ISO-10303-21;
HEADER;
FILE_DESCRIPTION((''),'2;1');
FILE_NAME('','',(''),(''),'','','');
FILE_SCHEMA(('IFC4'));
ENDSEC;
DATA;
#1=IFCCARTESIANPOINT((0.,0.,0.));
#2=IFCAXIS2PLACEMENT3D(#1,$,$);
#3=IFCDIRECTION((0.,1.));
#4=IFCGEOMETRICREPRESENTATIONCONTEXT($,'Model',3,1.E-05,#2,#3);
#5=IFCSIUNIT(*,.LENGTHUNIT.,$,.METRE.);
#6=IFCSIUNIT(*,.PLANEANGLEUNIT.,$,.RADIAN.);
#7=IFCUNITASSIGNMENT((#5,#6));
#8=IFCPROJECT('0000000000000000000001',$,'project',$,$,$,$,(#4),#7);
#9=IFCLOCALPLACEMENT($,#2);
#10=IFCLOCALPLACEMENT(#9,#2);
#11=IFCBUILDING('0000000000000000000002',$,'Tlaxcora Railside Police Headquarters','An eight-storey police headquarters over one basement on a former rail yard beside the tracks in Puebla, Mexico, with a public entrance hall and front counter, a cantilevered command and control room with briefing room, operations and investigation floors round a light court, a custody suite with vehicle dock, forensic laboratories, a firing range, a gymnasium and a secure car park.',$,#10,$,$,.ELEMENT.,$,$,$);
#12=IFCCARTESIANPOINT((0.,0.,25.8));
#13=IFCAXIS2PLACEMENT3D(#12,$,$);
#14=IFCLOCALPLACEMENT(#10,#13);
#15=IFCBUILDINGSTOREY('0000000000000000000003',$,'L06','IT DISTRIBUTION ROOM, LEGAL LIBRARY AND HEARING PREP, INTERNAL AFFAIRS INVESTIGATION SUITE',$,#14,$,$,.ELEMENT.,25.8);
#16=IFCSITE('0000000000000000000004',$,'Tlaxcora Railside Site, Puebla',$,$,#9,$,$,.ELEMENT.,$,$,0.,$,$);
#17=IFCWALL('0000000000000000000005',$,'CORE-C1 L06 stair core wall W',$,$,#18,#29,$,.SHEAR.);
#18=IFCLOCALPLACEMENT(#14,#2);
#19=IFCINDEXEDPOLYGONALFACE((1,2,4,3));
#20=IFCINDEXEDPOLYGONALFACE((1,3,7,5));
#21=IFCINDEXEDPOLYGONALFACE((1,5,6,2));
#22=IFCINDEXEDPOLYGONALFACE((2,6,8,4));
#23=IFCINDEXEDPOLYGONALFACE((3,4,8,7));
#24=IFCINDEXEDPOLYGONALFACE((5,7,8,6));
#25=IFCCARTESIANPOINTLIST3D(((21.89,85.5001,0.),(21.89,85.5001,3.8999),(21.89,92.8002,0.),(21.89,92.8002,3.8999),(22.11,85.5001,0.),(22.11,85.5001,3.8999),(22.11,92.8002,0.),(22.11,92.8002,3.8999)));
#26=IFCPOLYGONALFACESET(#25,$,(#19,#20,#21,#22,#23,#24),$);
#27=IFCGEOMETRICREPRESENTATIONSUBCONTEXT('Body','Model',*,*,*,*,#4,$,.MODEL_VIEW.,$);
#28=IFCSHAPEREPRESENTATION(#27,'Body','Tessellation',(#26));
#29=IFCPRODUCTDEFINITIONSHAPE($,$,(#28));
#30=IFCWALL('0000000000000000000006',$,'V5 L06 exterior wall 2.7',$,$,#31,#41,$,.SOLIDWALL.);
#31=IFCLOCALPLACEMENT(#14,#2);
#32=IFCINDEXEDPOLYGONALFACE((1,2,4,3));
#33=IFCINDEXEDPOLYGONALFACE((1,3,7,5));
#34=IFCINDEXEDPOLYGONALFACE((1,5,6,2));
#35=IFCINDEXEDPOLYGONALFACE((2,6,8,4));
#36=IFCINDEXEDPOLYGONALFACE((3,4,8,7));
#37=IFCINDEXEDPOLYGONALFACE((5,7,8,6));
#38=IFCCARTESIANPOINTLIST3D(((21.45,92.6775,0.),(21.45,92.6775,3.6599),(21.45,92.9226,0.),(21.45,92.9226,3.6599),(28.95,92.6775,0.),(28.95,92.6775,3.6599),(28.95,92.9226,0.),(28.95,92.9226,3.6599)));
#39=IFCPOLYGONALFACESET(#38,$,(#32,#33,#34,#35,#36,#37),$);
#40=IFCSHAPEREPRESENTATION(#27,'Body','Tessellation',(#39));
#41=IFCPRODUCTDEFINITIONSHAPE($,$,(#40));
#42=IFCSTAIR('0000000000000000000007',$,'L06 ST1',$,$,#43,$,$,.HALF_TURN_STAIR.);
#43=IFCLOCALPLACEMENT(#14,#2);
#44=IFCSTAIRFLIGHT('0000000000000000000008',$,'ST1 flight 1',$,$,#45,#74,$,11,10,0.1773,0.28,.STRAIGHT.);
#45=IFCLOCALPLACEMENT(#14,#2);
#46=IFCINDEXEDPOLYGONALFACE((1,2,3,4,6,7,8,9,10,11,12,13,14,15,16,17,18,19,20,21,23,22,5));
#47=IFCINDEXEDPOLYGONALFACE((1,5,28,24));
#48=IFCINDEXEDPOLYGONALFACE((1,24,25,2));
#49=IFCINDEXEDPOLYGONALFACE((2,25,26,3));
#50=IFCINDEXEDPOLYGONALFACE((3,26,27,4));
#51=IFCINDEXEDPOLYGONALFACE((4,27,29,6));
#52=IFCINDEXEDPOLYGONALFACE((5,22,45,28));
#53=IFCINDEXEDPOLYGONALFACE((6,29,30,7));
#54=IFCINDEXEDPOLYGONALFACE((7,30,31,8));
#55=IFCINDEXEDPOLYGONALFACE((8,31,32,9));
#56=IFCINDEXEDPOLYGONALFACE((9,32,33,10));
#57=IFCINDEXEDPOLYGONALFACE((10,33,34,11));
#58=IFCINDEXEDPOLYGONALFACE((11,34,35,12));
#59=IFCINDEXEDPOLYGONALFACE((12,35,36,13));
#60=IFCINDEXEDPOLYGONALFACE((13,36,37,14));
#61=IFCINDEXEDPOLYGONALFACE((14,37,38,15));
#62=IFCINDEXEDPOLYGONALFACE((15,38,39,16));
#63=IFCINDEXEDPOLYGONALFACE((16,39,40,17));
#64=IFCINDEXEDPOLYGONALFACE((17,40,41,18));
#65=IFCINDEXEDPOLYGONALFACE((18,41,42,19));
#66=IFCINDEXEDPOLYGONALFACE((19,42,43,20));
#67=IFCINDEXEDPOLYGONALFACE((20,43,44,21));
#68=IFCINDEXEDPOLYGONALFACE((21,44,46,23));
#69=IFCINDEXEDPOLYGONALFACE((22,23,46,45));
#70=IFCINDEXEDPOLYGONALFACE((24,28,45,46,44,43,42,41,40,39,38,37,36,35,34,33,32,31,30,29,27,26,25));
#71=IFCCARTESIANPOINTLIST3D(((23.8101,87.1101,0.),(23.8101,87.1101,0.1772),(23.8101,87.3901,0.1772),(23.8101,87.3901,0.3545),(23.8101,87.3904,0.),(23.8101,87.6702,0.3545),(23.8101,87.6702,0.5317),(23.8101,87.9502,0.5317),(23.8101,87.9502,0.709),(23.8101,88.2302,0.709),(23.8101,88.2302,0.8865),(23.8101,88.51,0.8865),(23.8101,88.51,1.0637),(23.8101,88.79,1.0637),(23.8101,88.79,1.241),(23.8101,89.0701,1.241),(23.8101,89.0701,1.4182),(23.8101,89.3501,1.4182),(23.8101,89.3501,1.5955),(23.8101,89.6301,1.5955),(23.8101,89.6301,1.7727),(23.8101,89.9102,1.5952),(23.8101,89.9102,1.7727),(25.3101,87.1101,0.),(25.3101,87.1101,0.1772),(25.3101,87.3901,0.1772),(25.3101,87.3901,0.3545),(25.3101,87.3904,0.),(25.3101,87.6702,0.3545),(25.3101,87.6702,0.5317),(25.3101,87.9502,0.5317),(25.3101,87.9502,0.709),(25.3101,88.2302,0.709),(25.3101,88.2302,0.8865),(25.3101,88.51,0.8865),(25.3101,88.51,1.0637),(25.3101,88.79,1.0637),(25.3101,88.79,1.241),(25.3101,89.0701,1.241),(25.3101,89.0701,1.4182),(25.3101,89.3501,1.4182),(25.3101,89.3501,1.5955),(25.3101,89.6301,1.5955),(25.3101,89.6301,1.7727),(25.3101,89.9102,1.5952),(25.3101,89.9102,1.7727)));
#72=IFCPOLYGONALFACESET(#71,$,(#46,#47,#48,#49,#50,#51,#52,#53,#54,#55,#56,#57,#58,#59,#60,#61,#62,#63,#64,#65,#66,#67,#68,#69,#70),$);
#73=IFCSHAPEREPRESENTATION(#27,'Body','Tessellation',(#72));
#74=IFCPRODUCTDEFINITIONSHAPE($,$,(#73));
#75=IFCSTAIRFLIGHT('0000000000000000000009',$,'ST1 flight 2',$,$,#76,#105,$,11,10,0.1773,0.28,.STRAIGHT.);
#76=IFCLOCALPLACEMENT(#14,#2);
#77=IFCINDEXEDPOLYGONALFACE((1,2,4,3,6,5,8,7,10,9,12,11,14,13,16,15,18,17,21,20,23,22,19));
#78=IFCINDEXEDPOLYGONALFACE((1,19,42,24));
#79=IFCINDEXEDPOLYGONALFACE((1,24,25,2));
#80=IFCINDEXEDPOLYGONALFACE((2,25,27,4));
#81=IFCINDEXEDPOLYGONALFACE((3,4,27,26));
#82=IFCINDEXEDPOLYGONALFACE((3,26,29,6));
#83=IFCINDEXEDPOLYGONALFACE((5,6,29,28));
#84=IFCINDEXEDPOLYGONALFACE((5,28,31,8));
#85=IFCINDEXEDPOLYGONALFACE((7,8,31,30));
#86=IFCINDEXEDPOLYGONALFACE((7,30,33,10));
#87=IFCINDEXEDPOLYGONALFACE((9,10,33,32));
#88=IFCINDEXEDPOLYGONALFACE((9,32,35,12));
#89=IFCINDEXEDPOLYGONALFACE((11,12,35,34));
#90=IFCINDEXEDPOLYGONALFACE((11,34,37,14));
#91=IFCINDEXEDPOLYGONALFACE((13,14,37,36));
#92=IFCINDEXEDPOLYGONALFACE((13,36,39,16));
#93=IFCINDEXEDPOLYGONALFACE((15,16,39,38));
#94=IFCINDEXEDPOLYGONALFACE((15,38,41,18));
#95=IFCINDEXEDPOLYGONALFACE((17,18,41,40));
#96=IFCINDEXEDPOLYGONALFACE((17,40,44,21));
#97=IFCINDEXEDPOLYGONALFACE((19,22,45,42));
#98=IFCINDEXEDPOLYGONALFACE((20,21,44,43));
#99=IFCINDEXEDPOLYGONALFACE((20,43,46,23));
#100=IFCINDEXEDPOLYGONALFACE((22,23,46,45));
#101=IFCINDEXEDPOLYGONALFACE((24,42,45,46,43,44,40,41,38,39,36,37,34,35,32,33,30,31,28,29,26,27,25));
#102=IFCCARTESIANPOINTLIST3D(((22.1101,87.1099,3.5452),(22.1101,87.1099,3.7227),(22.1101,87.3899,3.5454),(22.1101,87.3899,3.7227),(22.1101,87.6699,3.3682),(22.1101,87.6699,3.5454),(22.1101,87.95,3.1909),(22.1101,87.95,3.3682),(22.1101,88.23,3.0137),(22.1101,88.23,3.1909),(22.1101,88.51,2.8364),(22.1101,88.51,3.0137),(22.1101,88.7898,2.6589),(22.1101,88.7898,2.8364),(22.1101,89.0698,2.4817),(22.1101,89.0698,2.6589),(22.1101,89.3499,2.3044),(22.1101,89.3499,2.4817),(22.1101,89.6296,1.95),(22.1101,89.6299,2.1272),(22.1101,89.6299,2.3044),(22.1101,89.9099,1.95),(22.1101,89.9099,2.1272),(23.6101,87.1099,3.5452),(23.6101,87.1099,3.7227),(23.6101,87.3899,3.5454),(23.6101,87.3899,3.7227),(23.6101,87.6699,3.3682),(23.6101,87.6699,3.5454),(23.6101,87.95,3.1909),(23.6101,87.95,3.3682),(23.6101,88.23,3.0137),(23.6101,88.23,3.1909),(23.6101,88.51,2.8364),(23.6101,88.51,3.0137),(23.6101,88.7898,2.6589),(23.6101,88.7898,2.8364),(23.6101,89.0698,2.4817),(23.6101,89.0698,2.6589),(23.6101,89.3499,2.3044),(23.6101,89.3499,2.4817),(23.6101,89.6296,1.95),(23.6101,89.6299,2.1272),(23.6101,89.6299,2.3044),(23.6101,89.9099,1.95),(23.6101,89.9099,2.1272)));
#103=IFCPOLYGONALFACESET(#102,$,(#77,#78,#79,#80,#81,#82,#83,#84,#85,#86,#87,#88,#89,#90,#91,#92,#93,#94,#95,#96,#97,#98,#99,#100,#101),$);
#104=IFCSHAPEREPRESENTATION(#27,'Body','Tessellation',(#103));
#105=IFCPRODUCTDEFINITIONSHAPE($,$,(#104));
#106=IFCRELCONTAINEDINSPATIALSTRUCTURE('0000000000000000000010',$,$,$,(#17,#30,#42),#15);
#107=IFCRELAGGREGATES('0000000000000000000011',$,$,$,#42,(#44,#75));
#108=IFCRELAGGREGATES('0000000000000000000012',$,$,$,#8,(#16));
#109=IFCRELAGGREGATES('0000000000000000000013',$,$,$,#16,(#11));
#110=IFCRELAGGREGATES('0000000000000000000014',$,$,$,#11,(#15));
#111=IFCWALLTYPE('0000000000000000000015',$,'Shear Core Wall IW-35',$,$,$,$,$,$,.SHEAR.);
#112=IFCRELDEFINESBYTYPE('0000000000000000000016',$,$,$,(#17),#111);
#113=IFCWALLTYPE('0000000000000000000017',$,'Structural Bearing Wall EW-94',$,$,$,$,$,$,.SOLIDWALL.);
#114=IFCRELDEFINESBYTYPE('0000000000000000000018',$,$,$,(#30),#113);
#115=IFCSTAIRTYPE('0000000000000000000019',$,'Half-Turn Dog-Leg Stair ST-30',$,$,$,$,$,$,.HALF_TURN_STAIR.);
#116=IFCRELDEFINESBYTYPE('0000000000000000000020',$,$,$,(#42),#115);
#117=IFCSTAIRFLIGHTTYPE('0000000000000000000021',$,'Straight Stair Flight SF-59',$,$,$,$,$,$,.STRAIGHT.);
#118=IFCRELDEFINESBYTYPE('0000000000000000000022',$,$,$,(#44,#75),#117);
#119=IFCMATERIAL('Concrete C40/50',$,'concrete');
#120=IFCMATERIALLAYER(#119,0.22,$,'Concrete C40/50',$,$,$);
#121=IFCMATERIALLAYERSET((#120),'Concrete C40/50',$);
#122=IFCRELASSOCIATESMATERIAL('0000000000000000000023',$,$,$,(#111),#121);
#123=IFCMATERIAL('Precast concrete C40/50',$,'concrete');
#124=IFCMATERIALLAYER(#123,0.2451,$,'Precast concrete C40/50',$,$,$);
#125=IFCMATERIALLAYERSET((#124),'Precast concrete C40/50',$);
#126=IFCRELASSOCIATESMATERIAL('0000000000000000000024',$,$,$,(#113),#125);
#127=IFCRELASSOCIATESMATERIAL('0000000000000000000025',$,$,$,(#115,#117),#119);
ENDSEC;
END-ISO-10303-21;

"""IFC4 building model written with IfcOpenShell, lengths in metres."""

from ifc_helpers import new_model, si_unit, direction, frame, frame_2d, origin, place, context, subcontext, project, spatial, polyline, rectangle, outline, extrude, material, layer, layer_set, type_object, element, aggregate, save


model = new_model("IFC4")

# Units and contexts
model_context = context("Model", 3, precision=1e-05, world=origin(), true_north=direction((0.0, 1.0)))
body_context = subcontext(model_context, "Body", "Model", "MODEL_VIEW")
ifc_project = project(units=[si_unit("LENGTHUNIT", "METRE"), si_unit("PLANEANGLEUNIT", "RADIAN")], contexts=[model_context])

# Site, building, storey
site_placement = place(None, origin())
site = spatial("IfcSite", under=ifc_project, at=site_placement, Name="Tlaxcora Railside Site, Puebla", CompositionType="ELEMENT", RefElevation=0.0)
building_placement = place(site_placement, origin())
building = spatial("IfcBuilding", under=site, at=building_placement, Name="Tlaxcora Railside Police Headquarters", Description="An eight-storey police headquarters over one basement on a former rail yard beside the tracks in Puebla, Mexico, with a public entrance hall and front counter, a cantilevered command and control room with briefing room, operations and investigation floors round a light court, a custody suite with vehicle dock, forensic laboratories, a firing range, a gymnasium and a secure car park.", CompositionType="ELEMENT")
storey_placement = place(building_placement, frame((0.0, 0.0, 25.8)))
storey = spatial("IfcBuildingStorey", under=building, at=storey_placement, Name="L06", Description="IT DISTRIBUTION ROOM, LEGAL LIBRARY AND HEARING PREP, INTERNAL AFFAIRS INVESTIGATION SUITE", CompositionType="ELEMENT", Elevation=25.8)

# Shared definitions
ifc_material_1 = material(Name="Concrete C40/50", Category="concrete")

# Shared definitions
ifc_layer_1 = layer(ifc_material_1, 0.22, Name="Concrete C40/50")
ifc_layer_set_1 = layer_set([ifc_layer_1], Name="Concrete C40/50")
wall_type_1 = type_object("IfcWallType", Name="Shear Core Wall IW-35", PredefinedType="SHEAR", material=ifc_layer_set_1)

# Walls
for number, where, z_axis, x_axis, name in (
    (1, (22.0, 92.8, 0.0), (0.0, 0.0, 1.0), (0.0, -1.0, 0.0), "CORE-C1 L06 stair core wall W"),
):
    element("IfcWall", number, at=place(storey_placement, frame(where, z_axis=z_axis, x_axis=x_axis)), inside=storey, type_object=wall_type_1, Name=name, PredefinedType="SHEAR", context=body_context, shape_type="SweptSolid", body=[
        extrude(rectangle(XDim=7.3, YDim=0.22, at=frame_2d((3.6499, 0.0))), origin(), (0.0, 0.0, 1.0), 3.8999),
    ])
ifc_material_2 = material(Name="Precast concrete C40/50", Category="concrete")
ifc_layer_2 = layer(ifc_material_2, 0.2451, Name="Precast concrete C40/50")
ifc_layer_set_2 = layer_set([ifc_layer_2], Name="Precast concrete C40/50")
wall_type_2 = type_object("IfcWallType", Name="Structural Bearing Wall EW-94", PredefinedType="SOLIDWALL", material=ifc_layer_set_2)
wall_1_placement = place(storey_placement, frame((28.95, 92.8, 0.0), z_axis=(0.0, 0.0, 1.0), x_axis=(-1.0, 0.0, 0.0)))
element("IfcWall", 2, at=wall_1_placement, inside=storey, type_object=wall_type_2, Name="V5 L06 exterior wall 2.7", PredefinedType="SOLIDWALL", context=body_context, shape_type="SweptSolid", body=[
    extrude(rectangle(XDim=7.5, YDim=0.2451, at=frame_2d((3.75, 0.0))), origin(), (0.0, 0.0, 1.0), 3.6599),
])

# Stair, stair flights
stair_type = type_object("IfcStairType", Name="Half-Turn Dog-Leg Stair ST-30", PredefinedType="HALF_TURN_STAIR", material=ifc_material_1)
stair_placement = place(storey_placement, origin())
stair = element("IfcStair", 3, at=stair_placement, inside=storey, type_object=stair_type, Name="L06 ST1", PredefinedType="HALF_TURN_STAIR")
stair_flight_type = type_object("IfcStairFlightType", Name="Straight Stair Flight SF-59", PredefinedType="STRAIGHT", material=ifc_material_1)
stair_flight_1_placement = place(storey_placement, frame((24.5601, 87.1101, 0.0), z_axis=(0.0, 0.0, 1.0), x_axis=(0.0, 1.0, 0.0)))
stair_flight_1 = element("IfcStairFlight", 4, at=stair_flight_1_placement, type_object=stair_flight_type, Name="ST1 flight 1", NumberOfRisers=11, NumberOfTreads=10, PredefinedType="STRAIGHT", RiserHeight=0.1773, TreadLength=0.28, context=body_context, shape_type="SweptSolid", body=[
    extrude(outline(polyline([(0.0, 0.0), (0.0, 0.1772), (0.28, 0.1772), (0.28, 0.3545), (0.5601, 0.3545), (0.5601, 0.5317), (0.8401, 0.5317), (0.8401, 0.709), (1.1201, 0.709), (1.1201, 0.8865), (1.3999, 0.8865), (1.3999, 1.0637), (1.6799, 1.0637), (1.6799, 1.241), (1.96, 1.241), (1.96, 1.4182), (2.24, 1.4182), (2.24, 1.5955), (2.52, 1.5955), (2.52, 1.7727), (2.8, 1.7727), (2.8, 1.95), (2.8, 1.5952), (0.2803, 0.0), (0.0, 0.0)])), frame((0.0, 0.75, 0.0), z_axis=(0.0, -1.0, 0.0), x_axis=(1.0, 0.0, 0.0)), (0.0, 0.0, 1.0), 1.5),
])
stair_flight_2_placement = place(storey_placement, frame((22.8601, 89.9099, 1.95), z_axis=(0.0, 0.0, 1.0), x_axis=(0.0, -1.0, 0.0)))
stair_flight_2 = element("IfcStairFlight", 5, at=stair_flight_2_placement, type_object=stair_flight_type, Name="ST1 flight 2", NumberOfRisers=11, NumberOfTreads=10, PredefinedType="STRAIGHT", RiserHeight=0.1773, TreadLength=0.28, context=body_context, shape_type="SweptSolid", body=[
    extrude(outline(polyline([(0.0, 0.0), (0.0, 0.1772), (0.28, 0.1772), (0.28, 0.3545), (0.5601, 0.3545), (0.5601, 0.5317), (0.8401, 0.5317), (0.8401, 0.709), (1.1201, 0.709), (1.1201, 0.8865), (1.3999, 0.8865), (1.3999, 1.0637), (1.6799, 1.0637), (1.6799, 1.241), (1.96, 1.241), (1.96, 1.4182), (2.24, 1.4182), (2.24, 1.5955), (2.52, 1.5955), (2.52, 1.7727), (2.8, 1.7727), (2.8, 1.95), (2.8, 1.5952), (0.2803, 0.0), (0.0, 0.0)])), frame((0.0, 0.75, 0.0), z_axis=(0.0, -1.0, 0.0), x_axis=(1.0, 0.0, 0.0)), (0.0, 0.0, 1.0), 1.5),
])
aggregate(stair, [stair_flight_1, stair_flight_2])

save(model, "model.ifc")
